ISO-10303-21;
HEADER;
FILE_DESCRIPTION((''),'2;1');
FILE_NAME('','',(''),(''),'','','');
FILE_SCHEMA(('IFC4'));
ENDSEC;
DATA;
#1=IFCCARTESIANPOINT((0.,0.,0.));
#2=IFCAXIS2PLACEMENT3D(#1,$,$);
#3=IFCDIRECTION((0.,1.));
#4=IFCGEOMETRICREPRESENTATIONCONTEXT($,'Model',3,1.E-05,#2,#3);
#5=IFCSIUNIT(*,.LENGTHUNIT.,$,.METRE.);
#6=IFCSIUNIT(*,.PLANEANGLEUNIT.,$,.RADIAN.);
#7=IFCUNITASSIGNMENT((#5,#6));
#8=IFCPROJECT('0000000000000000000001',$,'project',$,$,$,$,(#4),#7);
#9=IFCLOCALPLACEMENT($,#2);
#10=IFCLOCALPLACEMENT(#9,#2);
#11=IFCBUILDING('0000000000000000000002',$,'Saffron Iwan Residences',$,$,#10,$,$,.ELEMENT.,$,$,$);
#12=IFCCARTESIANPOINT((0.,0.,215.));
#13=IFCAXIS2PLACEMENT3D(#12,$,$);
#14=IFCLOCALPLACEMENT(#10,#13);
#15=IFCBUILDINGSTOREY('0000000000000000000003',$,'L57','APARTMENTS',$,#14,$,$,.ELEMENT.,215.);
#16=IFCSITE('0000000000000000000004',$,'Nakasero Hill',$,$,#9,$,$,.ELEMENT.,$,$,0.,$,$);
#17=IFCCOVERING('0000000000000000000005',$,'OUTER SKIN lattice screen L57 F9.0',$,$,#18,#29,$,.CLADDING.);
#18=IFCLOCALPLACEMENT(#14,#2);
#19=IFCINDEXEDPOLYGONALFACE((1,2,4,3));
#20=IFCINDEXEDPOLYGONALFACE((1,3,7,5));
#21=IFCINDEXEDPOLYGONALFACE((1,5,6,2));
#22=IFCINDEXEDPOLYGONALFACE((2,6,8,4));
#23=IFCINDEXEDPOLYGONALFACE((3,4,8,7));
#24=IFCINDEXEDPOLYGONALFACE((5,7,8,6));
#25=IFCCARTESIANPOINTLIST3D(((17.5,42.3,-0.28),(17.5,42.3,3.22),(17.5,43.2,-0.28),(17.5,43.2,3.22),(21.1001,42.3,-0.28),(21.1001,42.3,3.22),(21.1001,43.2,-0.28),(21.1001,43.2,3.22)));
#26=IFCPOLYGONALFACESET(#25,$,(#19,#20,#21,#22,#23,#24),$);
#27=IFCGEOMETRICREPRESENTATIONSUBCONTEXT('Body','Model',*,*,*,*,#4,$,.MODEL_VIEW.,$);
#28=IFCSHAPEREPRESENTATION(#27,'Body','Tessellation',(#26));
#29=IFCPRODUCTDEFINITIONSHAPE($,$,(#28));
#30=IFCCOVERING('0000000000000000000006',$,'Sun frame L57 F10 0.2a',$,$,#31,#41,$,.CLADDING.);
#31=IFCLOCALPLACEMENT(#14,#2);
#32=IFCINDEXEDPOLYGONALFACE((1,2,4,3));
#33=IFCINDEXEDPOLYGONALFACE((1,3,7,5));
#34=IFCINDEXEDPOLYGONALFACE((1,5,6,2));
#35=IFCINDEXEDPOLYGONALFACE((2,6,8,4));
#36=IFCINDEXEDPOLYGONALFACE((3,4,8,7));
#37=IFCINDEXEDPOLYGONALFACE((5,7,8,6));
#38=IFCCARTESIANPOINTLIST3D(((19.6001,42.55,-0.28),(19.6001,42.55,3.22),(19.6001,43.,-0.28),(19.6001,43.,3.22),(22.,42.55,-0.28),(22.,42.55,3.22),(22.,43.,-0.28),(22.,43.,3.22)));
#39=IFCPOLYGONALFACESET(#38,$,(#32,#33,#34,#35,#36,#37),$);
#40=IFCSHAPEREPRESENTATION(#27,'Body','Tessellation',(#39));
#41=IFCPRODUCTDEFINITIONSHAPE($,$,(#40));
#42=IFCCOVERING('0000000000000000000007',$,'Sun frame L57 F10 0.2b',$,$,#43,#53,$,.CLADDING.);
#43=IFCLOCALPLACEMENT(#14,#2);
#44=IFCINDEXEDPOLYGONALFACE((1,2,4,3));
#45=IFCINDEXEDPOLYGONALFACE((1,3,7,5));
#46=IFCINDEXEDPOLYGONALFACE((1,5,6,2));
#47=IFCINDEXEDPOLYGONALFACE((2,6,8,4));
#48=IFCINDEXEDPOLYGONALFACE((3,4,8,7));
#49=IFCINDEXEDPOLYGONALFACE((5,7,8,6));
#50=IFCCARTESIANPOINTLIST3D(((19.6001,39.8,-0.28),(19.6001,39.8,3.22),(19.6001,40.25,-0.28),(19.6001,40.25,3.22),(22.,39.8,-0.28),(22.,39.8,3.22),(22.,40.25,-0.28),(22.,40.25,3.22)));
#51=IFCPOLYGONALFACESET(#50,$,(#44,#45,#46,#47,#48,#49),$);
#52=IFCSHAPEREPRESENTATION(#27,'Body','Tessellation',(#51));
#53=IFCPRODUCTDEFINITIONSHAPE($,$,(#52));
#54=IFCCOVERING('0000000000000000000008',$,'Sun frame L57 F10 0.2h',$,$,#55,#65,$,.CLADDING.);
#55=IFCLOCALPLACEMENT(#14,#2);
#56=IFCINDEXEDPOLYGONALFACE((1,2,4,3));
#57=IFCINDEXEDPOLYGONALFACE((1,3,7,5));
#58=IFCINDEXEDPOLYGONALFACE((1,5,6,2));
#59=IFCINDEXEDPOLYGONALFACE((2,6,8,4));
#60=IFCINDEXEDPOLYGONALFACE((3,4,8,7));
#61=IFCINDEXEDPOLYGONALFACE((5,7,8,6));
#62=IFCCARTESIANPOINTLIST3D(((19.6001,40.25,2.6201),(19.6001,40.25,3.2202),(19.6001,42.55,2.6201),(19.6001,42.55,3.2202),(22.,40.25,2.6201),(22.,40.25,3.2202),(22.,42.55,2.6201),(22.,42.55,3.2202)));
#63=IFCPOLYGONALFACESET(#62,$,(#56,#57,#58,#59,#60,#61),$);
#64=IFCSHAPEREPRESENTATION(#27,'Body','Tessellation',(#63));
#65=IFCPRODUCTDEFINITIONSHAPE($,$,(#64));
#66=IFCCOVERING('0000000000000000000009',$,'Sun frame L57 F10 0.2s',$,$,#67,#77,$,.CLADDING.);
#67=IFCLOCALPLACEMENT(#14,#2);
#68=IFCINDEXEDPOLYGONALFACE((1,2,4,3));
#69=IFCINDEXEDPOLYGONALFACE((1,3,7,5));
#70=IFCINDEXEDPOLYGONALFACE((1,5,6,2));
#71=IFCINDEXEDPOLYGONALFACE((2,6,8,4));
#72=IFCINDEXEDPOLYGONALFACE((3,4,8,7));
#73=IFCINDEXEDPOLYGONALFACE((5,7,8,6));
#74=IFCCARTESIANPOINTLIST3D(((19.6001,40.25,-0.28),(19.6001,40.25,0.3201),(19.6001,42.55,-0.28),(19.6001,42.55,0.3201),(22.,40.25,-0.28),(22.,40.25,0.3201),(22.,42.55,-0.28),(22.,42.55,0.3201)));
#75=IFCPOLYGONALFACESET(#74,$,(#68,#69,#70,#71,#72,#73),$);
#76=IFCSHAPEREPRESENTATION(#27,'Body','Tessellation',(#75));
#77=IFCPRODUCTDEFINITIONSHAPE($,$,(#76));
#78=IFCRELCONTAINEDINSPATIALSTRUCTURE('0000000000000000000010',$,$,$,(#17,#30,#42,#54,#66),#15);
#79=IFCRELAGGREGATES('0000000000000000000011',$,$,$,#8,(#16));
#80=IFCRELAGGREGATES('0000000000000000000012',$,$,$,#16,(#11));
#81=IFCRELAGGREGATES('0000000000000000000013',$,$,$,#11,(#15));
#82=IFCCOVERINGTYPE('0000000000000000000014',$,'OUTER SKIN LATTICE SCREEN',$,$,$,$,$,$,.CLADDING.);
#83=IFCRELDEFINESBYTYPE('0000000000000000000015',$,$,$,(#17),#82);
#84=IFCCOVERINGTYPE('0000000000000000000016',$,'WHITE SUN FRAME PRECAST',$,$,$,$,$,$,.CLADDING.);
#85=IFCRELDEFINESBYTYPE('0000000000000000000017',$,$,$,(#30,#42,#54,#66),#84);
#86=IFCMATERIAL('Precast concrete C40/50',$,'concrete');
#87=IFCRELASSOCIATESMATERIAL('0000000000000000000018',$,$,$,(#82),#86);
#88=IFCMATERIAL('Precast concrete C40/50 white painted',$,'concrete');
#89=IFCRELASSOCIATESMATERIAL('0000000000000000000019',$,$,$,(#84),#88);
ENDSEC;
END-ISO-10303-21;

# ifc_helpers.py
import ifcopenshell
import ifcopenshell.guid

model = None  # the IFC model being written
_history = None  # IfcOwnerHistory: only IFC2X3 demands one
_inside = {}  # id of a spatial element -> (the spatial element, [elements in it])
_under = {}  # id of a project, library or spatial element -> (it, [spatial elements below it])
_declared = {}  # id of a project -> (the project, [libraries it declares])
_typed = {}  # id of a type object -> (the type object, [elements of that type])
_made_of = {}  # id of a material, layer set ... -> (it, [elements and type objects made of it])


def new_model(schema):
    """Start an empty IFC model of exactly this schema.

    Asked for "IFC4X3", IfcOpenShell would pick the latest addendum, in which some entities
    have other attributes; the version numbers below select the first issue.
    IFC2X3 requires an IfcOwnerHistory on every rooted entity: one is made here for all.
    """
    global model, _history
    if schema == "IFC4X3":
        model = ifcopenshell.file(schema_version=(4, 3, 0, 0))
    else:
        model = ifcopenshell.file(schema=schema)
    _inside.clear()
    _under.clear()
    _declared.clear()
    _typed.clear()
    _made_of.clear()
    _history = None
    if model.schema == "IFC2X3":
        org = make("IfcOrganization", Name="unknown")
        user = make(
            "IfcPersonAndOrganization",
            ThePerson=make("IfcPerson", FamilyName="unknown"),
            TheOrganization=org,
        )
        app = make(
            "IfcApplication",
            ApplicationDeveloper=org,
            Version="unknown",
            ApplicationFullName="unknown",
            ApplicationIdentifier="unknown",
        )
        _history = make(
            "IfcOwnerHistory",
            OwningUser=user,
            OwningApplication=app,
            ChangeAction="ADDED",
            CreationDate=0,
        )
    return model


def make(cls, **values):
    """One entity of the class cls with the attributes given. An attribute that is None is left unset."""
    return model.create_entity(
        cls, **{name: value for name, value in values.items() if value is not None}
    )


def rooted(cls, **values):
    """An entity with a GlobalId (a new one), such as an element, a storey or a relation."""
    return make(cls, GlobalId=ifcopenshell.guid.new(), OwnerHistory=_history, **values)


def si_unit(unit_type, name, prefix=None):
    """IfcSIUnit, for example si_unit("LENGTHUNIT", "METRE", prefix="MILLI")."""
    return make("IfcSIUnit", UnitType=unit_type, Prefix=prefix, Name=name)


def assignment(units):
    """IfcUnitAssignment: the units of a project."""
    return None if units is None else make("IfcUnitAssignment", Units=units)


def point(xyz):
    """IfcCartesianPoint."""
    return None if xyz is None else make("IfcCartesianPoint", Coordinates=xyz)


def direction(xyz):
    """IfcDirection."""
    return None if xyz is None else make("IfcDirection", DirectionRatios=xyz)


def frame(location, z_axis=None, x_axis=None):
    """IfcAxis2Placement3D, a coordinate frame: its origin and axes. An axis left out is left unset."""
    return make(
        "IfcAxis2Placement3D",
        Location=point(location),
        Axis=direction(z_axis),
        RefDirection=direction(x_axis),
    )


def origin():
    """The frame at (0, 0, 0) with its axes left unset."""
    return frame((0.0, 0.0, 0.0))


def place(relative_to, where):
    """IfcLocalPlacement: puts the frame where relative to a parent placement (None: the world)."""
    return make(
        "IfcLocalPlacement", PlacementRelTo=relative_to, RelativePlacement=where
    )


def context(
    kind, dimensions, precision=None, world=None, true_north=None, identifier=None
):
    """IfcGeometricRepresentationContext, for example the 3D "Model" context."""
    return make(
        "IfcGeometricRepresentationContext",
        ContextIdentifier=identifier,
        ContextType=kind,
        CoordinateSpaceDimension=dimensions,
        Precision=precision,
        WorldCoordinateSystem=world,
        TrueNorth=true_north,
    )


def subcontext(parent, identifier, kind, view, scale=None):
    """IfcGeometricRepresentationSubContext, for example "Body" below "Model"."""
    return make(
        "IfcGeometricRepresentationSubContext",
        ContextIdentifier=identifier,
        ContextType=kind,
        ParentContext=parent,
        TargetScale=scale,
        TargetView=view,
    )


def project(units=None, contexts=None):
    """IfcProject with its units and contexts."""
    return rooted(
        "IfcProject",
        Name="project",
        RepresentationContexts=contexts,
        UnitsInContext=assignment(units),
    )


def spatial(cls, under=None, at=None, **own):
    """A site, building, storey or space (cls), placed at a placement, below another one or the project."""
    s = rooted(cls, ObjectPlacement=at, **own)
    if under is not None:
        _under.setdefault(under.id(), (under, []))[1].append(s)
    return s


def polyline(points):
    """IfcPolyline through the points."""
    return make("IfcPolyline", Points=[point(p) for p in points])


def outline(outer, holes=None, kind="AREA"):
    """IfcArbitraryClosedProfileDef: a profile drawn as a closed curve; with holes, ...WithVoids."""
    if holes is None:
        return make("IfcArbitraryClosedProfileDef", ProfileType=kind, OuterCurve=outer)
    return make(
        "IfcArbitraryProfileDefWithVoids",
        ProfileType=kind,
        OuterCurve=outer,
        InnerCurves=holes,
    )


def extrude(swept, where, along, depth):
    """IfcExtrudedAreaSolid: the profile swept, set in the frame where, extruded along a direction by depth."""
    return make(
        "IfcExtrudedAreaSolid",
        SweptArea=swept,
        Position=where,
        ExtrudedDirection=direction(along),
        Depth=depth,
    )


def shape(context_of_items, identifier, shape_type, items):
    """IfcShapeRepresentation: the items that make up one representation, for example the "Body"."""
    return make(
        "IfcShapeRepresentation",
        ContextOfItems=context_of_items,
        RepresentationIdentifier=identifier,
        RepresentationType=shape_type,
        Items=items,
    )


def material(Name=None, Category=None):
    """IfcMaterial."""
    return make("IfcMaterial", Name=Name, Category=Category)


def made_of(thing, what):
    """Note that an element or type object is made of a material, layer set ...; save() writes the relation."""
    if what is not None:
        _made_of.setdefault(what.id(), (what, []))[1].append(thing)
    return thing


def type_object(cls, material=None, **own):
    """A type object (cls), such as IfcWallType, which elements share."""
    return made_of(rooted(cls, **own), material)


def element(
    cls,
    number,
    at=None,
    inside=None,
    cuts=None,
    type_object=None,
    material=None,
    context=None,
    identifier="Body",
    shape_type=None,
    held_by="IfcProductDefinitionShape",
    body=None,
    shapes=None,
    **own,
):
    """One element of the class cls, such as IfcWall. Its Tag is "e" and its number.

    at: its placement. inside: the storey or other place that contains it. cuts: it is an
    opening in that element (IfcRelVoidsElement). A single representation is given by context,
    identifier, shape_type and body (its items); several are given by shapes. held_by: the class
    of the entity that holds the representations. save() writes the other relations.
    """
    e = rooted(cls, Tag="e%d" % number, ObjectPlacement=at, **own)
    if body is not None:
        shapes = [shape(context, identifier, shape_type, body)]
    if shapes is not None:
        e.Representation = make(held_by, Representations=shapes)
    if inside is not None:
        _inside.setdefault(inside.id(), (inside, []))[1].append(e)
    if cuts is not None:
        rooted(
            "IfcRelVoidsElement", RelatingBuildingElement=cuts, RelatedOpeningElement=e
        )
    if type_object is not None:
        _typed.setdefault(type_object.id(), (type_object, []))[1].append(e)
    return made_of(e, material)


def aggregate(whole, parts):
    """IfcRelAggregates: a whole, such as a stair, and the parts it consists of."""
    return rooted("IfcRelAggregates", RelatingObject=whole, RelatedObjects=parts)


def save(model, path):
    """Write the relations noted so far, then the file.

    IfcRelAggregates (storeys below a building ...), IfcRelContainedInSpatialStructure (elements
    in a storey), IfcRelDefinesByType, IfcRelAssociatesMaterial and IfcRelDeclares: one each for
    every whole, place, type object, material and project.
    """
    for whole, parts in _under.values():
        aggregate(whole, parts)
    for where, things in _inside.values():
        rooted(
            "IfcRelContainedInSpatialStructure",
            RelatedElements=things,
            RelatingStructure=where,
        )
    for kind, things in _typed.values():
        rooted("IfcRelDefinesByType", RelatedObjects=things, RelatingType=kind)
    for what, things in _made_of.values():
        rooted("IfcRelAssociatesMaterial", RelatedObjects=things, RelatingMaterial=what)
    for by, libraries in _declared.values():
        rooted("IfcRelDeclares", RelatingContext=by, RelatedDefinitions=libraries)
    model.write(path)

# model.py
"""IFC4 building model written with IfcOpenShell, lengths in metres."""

from ifc_helpers import new_model, si_unit, direction, frame, origin, place, context, subcontext, project, spatial, polyline, outline, extrude, material, type_object, element, save


model = new_model("IFC4")

# Units and contexts
model_context = context("Model", 3, precision=1e-05, world=origin(), true_north=direction((0.0, 1.0)))
body_context = subcontext(model_context, "Body", "Model", "MODEL_VIEW")
ifc_project = project(units=[si_unit("LENGTHUNIT", "METRE"), si_unit("PLANEANGLEUNIT", "RADIAN")], contexts=[model_context])

# Site, building, storey
site_placement = place(None, origin())
site = spatial("IfcSite", under=ifc_project, at=site_placement, Name="Nakasero Hill", CompositionType="ELEMENT", RefElevation=0.0)
building_placement = place(site_placement, origin())
building = spatial("IfcBuilding", under=site, at=building_placement, Name="Saffron Iwan Residences", CompositionType="ELEMENT")
storey_placement = place(building_placement, frame((0.0, 0.0, 215.0)))
storey = spatial("IfcBuildingStorey", under=building, at=storey_placement, Name="L57", Description="APARTMENTS", CompositionType="ELEMENT", Elevation=215.0)

# Coverings
ifc_material_1 = material(Name="Precast concrete C40/50", Category="concrete")
covering_type_1 = type_object("IfcCoveringType", Name="OUTER SKIN LATTICE SCREEN", PredefinedType="CLADDING", material=ifc_material_1)
covering_placement = place(storey_placement, frame((17.5, 43.2, -0.28), z_axis=(0.0, -1.0, 0.0), x_axis=(1.0, 0.0, 0.0)))
element("IfcCovering", 1, at=covering_placement, inside=storey, type_object=covering_type_1, Name="OUTER SKIN lattice screen L57 F9.0", PredefinedType="CLADDING", context=body_context, shape_type="SweptSolid", body=[
    extrude(outline(polyline([(0.0, 0.0), (3.6001, 0.0), (3.6001, 3.5), (0.0, 3.5), (0.0, 0.0)])), origin(), (0.0, 0.0, 1.0), 0.8999),
])
ifc_material_2 = material(Name="Precast concrete C40/50 white painted", Category="concrete")
covering_type_2 = type_object("IfcCoveringType", Name="WHITE SUN FRAME PRECAST", PredefinedType="CLADDING", material=ifc_material_2)
for number, where, z_axis, x_axis, name in (
    (2, (22.0, 43.0, -0.28), (-1.0, 0.0, 0.0), (0.0, -1.0, 0.0), "Sun frame L57 F10 0.2a"),
    (3, (22.0, 40.25, -0.28), (-1.0, 0.0, 0.0), (0.0, -1.0, 0.0), "Sun frame L57 F10 0.2b"),
):
    element("IfcCovering", number, at=place(storey_placement, frame(where, z_axis=z_axis, x_axis=x_axis)), inside=storey, type_object=covering_type_2, Name=name, PredefinedType="CLADDING", context=body_context, shape_type="SweptSolid", body=[
        extrude(outline(polyline([(0.0, 0.0), (0.45, 0.0), (0.45, 3.5), (0.0, 3.5), (0.0, 0.0)])), origin(), (0.0, 0.0, 1.0), 2.3999),
    ])
for number, where, z_axis, x_axis, name in (
    (4, (22.0, 42.55, 2.6201), (-1.0, 0.0, 0.0), (0.0, -1.0, 0.0), "Sun frame L57 F10 0.2h"),
    (5, (22.0, 42.55, -0.28), (-1.0, 0.0, 0.0), (0.0, -1.0, 0.0), "Sun frame L57 F10 0.2s"),
):
    element("IfcCovering", number, at=place(storey_placement, frame(where, z_axis=z_axis, x_axis=x_axis)), inside=storey, type_object=covering_type_2, Name=name, PredefinedType="CLADDING", context=body_context, shape_type="SweptSolid", body=[
        extrude(outline(polyline([(0.0, 0.0), (2.3, 0.0), (2.3, 0.6001), (0.0, 0.6001), (0.0, 0.0)])), origin(), (0.0, 0.0, 1.0), 2.3999),
    ])

save(model, "model.ifc")
